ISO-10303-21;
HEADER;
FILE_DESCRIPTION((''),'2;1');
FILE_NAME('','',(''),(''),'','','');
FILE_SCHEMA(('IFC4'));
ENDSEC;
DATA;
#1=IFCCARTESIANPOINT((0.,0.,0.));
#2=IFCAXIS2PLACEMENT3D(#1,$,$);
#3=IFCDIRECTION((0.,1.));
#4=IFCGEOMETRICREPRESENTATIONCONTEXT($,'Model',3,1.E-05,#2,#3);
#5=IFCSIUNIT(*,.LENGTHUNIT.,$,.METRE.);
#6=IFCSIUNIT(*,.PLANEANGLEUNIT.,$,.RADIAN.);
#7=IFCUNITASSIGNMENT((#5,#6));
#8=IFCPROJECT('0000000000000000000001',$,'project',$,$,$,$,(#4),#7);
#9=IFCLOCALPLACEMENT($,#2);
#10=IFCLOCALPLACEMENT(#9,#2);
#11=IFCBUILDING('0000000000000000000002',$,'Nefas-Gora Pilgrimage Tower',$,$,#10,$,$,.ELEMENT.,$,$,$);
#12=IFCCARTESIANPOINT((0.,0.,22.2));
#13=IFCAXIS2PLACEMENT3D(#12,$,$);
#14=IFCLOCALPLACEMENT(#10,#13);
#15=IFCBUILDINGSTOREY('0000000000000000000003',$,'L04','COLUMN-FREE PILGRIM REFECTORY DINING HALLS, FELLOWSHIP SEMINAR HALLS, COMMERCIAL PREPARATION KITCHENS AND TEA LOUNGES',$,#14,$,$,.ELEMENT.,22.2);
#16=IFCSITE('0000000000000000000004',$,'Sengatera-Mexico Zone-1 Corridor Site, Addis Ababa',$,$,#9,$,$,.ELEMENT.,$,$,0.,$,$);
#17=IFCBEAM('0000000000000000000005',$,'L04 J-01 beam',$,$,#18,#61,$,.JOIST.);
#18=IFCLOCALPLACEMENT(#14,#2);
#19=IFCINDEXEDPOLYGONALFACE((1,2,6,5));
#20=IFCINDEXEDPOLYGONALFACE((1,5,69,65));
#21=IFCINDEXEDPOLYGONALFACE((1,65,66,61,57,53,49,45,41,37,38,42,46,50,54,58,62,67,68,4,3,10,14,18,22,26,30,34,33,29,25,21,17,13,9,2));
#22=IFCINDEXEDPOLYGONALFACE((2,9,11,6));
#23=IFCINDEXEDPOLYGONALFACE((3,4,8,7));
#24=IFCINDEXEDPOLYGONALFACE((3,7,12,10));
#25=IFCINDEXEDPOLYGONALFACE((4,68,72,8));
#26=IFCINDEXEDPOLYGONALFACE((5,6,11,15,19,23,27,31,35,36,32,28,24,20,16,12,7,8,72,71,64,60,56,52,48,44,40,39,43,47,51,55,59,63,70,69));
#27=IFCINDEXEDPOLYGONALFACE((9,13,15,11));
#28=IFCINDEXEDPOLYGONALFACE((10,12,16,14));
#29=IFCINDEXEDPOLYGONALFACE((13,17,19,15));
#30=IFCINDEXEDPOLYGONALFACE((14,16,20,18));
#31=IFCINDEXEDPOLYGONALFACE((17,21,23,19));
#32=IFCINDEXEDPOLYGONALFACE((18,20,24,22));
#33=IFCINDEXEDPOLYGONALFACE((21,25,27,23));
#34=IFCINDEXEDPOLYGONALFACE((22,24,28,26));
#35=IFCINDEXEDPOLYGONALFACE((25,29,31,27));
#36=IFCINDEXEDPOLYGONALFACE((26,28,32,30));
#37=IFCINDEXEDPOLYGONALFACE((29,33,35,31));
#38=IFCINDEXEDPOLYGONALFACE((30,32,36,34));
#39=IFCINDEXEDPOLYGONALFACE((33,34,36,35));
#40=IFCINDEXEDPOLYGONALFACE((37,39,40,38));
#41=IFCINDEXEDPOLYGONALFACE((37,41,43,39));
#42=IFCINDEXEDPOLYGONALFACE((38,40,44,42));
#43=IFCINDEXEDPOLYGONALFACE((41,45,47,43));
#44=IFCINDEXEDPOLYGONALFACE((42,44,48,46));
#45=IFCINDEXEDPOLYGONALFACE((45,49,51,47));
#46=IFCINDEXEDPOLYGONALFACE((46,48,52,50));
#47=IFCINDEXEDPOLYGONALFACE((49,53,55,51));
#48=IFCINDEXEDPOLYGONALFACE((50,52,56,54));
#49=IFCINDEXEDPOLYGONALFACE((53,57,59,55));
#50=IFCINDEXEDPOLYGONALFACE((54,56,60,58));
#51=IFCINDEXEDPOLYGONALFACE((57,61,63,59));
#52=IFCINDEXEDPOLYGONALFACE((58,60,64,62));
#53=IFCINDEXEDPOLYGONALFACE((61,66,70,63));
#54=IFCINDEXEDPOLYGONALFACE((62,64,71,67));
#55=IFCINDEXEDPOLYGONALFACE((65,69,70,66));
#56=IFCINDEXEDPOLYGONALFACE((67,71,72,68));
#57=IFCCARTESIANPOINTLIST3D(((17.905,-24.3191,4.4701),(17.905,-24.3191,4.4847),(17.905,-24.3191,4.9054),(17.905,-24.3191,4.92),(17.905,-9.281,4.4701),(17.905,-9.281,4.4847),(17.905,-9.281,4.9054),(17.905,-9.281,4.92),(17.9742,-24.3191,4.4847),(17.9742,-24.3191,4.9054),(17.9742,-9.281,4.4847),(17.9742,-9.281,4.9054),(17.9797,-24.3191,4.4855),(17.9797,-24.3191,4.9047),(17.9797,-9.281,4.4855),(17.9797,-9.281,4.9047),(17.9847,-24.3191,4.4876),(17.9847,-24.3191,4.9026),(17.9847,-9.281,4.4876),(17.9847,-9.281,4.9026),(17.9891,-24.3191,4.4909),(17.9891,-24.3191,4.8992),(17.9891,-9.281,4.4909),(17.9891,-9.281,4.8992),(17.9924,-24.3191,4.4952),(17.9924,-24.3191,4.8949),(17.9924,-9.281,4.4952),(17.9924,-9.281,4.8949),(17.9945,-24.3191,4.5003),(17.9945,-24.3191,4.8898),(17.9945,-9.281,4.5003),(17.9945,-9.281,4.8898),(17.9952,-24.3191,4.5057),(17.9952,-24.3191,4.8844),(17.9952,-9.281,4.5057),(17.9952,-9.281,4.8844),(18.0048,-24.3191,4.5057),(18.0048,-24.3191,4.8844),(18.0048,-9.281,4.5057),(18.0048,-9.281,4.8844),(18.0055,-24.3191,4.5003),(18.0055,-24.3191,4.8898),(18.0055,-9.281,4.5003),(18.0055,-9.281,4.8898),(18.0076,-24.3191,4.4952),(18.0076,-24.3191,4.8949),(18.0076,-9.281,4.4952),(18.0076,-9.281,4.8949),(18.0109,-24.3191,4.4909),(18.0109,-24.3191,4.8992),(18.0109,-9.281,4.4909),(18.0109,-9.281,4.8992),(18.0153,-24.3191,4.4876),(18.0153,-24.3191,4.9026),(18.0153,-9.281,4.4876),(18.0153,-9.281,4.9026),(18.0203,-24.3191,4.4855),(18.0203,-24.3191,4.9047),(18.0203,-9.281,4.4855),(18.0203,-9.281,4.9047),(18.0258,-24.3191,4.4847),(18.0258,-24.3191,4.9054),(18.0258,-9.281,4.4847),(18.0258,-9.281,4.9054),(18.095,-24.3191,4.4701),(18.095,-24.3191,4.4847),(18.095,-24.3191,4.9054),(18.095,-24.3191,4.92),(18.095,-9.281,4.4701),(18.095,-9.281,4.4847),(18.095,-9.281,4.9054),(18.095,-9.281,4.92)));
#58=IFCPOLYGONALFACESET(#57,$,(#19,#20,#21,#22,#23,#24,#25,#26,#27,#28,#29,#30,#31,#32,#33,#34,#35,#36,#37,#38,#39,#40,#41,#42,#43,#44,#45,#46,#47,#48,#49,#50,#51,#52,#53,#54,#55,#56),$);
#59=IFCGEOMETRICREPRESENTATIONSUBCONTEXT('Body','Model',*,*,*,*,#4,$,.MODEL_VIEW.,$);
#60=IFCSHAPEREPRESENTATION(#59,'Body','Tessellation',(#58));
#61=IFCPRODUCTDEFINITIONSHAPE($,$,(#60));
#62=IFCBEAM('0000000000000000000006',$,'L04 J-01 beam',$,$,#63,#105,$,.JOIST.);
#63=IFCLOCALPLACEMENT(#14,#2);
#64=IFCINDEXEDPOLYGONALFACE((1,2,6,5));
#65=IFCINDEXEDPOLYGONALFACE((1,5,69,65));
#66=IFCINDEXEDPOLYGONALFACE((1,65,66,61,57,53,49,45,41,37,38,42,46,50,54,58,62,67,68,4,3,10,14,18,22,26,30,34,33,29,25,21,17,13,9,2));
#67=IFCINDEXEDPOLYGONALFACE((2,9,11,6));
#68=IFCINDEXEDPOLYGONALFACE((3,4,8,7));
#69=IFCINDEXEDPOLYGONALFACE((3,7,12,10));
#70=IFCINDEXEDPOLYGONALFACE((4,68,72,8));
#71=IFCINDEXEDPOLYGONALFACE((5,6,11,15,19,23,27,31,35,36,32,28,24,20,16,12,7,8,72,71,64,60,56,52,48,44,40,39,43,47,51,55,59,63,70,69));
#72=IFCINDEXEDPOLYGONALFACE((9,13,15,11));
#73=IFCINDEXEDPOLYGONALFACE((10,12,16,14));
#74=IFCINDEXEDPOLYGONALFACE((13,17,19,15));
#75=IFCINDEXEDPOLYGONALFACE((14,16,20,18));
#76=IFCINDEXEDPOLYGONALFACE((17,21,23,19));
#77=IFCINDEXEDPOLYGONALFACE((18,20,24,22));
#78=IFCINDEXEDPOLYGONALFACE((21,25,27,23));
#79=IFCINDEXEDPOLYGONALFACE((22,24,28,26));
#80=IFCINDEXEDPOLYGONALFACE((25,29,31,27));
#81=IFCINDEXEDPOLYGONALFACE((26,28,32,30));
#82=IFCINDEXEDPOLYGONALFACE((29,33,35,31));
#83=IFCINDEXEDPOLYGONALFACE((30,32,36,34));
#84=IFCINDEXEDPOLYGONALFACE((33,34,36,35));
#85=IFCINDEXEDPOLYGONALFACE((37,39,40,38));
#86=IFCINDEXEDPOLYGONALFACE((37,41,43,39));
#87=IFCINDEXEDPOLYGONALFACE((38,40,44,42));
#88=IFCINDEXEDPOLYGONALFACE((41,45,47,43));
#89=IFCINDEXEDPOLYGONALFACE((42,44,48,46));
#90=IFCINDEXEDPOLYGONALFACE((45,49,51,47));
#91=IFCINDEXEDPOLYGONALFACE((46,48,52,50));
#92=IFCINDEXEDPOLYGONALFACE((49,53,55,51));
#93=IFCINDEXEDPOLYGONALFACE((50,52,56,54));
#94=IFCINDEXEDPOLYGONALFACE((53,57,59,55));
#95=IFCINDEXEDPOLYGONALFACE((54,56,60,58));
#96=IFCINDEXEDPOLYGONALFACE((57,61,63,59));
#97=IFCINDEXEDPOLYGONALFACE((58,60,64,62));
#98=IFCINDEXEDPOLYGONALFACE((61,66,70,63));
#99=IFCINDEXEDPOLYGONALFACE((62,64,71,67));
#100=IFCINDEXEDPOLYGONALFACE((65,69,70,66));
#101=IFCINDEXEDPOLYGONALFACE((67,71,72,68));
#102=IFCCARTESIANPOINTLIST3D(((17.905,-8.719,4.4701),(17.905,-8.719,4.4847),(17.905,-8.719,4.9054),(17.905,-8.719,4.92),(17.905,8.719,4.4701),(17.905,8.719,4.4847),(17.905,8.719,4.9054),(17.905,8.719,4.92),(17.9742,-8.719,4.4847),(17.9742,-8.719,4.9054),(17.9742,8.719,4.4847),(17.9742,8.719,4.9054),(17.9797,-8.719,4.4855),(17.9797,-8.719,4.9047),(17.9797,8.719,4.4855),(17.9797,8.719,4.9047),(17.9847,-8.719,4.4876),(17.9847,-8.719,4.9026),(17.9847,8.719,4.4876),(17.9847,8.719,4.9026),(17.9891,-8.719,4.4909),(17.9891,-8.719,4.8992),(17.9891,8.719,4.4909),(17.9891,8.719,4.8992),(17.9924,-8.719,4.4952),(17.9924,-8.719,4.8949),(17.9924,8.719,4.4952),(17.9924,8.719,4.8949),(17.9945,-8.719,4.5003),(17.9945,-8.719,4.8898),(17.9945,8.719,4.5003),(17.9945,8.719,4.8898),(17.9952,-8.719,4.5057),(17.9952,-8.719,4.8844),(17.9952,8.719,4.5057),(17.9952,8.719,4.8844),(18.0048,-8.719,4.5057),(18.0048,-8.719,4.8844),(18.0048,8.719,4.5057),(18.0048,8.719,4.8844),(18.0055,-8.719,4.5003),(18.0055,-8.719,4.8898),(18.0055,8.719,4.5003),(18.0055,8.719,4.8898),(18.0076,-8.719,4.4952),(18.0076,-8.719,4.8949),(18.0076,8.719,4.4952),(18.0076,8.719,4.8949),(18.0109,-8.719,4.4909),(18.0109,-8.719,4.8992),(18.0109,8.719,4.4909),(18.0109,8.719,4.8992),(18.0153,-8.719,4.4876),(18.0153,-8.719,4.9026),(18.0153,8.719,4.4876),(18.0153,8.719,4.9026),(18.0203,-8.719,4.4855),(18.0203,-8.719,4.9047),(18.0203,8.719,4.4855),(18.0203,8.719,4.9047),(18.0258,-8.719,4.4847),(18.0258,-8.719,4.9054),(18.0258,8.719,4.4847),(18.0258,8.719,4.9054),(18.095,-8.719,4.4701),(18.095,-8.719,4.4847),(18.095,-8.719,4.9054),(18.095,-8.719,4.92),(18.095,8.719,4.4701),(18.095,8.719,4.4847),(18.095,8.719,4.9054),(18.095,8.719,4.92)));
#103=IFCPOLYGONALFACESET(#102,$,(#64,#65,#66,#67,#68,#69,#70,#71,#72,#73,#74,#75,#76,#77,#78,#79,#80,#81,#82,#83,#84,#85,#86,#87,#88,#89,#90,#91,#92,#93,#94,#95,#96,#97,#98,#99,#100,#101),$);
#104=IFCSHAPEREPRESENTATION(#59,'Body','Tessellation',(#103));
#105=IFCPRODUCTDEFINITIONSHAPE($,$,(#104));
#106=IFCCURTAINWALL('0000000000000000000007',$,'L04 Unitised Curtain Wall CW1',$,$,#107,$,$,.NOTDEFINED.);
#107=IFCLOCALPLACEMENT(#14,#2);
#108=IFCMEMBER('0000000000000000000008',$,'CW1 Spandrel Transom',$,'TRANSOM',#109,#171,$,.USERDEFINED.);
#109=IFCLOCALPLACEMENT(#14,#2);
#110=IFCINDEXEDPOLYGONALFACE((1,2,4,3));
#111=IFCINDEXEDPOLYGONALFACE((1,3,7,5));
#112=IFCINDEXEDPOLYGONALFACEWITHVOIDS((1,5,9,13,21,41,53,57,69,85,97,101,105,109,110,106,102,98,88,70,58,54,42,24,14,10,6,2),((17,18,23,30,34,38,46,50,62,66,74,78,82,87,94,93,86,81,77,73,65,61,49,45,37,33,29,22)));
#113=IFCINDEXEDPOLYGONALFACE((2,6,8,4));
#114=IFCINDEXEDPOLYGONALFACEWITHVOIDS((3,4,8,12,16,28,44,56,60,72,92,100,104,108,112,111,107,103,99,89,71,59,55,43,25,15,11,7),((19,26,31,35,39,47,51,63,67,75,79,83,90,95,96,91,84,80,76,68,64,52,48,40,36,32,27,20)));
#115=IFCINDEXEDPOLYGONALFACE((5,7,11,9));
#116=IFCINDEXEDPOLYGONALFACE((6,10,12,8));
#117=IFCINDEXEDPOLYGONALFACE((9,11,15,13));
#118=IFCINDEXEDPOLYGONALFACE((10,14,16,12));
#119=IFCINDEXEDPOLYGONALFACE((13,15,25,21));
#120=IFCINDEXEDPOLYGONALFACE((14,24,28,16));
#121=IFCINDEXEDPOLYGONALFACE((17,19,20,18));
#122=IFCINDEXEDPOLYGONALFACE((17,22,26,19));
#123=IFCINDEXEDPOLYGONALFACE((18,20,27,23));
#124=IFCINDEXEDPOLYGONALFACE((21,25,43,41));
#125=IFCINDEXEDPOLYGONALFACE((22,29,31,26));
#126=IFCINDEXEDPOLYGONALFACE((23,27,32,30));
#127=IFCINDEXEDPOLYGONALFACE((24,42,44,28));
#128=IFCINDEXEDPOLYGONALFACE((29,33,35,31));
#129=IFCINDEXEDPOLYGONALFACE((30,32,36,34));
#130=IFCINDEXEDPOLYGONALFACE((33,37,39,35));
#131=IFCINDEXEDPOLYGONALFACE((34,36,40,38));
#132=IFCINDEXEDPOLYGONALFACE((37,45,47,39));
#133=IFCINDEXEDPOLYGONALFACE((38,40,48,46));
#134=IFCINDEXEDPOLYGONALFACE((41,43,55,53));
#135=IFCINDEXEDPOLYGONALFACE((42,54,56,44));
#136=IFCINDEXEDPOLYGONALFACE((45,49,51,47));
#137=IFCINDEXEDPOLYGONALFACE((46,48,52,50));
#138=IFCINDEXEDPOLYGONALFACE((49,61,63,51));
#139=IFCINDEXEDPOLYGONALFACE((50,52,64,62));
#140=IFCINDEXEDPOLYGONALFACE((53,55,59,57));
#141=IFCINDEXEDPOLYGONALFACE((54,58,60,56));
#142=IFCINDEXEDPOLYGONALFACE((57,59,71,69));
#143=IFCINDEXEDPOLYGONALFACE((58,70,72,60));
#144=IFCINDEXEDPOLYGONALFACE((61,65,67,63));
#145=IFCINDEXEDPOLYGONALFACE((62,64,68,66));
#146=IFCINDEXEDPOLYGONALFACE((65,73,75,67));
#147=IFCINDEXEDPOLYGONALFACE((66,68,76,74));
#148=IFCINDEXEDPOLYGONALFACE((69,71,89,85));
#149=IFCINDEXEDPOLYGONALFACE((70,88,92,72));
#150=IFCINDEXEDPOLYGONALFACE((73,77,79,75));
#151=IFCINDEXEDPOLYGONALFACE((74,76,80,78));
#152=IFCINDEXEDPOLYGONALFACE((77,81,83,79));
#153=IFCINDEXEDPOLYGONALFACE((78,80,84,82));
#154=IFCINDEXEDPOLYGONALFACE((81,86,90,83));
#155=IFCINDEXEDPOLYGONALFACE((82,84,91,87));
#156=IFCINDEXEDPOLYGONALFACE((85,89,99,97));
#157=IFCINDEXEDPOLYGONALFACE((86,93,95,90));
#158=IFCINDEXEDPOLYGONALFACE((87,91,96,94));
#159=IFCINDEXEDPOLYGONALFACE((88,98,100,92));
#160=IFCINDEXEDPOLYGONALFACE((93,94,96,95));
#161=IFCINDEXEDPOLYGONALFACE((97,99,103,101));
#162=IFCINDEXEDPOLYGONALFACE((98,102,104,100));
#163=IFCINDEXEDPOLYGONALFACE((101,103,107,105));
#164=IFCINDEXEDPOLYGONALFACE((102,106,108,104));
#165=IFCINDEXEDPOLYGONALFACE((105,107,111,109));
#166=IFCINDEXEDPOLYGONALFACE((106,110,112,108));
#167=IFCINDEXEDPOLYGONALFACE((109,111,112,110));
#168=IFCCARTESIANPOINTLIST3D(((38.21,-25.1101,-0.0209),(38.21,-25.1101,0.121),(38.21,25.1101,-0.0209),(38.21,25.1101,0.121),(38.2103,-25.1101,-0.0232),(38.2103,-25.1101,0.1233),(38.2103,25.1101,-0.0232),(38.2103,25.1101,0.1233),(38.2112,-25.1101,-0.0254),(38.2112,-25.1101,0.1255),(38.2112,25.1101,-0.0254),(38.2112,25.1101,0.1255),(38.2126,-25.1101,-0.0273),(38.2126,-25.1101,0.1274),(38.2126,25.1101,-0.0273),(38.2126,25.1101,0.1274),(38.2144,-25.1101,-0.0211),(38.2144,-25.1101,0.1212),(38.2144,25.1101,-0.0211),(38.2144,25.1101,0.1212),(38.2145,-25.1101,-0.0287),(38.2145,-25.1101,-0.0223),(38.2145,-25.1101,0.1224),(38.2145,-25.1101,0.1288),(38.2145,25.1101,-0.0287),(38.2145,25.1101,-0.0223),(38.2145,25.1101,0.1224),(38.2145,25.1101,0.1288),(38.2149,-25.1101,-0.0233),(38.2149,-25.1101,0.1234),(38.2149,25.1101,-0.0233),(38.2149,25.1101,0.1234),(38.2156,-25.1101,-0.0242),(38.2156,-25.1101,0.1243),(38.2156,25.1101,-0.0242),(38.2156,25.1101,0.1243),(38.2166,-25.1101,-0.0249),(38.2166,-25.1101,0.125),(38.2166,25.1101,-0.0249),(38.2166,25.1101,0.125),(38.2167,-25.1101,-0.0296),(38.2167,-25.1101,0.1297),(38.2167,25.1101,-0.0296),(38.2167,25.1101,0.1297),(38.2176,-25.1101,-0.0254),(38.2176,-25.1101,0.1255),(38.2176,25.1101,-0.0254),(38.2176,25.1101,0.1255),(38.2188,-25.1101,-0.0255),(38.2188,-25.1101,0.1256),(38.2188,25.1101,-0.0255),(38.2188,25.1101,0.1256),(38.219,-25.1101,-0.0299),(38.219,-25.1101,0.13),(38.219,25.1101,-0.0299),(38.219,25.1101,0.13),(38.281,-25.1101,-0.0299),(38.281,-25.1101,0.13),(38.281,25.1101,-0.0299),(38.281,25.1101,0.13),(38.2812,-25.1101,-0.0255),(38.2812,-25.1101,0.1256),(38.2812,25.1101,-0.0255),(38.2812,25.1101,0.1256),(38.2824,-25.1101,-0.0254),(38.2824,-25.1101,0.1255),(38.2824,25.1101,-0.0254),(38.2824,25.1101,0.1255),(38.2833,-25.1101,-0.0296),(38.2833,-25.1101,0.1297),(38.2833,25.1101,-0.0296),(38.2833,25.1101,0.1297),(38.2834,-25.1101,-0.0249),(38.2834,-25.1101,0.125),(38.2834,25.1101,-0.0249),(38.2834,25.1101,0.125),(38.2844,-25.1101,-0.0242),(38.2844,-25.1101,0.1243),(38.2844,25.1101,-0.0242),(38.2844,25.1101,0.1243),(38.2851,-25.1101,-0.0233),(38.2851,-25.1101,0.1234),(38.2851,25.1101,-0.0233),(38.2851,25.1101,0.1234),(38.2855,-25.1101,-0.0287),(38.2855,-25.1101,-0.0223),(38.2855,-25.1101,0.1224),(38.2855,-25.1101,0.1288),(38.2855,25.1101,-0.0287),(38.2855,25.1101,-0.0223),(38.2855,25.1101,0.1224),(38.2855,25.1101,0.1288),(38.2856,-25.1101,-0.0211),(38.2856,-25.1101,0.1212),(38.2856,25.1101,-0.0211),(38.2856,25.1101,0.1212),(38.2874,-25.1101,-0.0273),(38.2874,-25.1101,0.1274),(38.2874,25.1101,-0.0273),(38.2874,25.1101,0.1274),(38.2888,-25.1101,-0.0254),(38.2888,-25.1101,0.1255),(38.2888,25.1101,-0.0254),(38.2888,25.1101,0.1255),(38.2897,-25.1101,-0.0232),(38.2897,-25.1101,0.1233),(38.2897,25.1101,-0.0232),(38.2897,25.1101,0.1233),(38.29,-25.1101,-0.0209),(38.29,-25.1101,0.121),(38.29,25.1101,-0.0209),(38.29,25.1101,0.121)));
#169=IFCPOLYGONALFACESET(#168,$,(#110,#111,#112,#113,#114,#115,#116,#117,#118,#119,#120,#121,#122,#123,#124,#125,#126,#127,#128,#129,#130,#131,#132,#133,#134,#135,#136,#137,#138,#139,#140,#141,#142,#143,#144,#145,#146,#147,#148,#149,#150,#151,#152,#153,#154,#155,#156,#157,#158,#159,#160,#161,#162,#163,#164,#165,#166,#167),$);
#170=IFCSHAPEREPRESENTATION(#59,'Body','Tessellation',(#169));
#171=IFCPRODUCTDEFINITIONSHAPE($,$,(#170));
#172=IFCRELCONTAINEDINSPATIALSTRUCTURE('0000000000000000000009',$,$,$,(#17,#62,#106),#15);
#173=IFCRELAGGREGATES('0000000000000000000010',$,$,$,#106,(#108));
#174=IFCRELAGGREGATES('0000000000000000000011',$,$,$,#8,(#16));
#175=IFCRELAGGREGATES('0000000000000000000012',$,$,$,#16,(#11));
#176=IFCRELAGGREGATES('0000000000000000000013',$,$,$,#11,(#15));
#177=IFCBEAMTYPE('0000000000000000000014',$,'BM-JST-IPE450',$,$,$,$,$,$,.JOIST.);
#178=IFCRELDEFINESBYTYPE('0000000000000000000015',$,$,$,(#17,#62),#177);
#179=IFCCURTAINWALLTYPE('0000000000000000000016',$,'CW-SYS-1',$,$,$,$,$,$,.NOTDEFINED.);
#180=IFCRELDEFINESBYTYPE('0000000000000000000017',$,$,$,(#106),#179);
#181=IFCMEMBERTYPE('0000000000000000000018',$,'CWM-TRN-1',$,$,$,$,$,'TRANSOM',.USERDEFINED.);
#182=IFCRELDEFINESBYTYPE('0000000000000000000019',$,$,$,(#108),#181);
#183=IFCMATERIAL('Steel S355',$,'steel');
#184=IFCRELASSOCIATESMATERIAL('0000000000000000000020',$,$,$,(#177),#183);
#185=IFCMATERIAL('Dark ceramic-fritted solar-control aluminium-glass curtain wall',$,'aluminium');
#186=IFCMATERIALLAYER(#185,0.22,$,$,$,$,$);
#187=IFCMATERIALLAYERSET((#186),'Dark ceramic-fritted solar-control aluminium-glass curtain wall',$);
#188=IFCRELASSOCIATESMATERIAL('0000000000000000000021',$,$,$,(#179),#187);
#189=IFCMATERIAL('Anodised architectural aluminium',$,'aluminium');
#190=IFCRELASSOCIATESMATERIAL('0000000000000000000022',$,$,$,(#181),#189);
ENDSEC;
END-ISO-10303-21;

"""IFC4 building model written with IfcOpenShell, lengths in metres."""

from ifc_helpers import new_model, si_unit, direction, frame, origin, origin_2d, place, context, subcontext, project, spatial, hollow_rectangle, i_section, extrude, source, transform, mapped, material, layer, layer_set, material_profile, profile_set, type_object, element, aggregate, save


model = new_model("IFC4")

# Units and contexts
model_context = context("Model", 3, precision=1e-05, world=origin(), true_north=direction((0.0, 1.0)))
body_context = subcontext(model_context, "Body", "Model", "MODEL_VIEW")
ifc_project = project(units=[si_unit("LENGTHUNIT", "METRE"), si_unit("PLANEANGLEUNIT", "RADIAN")], contexts=[model_context])

# Site, building, storey
site_placement = place(None, origin())
site = spatial("IfcSite", under=ifc_project, at=site_placement, Name="Sengatera-Mexico Zone-1 Corridor Site, Addis Ababa", CompositionType="ELEMENT", RefElevation=0.0)
building_placement = place(site_placement, origin())
building = spatial("IfcBuilding", under=site, at=building_placement, Name="Nefas-Gora Pilgrimage Tower", CompositionType="ELEMENT")
storey_placement = place(building_placement, frame((0.0, 0.0, 22.2)))
storey = spatial("IfcBuildingStorey", under=building, at=storey_placement, Name="L04", Description="COLUMN-FREE PILGRIM REFECTORY DINING HALLS, FELLOWSHIP SEMINAR HALLS, COMMERCIAL PREPARATION KITCHENS AND TEA LOUNGES", CompositionType="ELEMENT", Elevation=22.2)

# Beams
ifc_material_1 = material(Name="Steel S355", Category="steel")
ifc_material_profile_1 = material_profile(ifc_material_1, i_section(OverallWidth=0.1899, OverallDepth=0.45, WebThickness=0.0095, FlangeThickness=0.0146, FilletRadius=0.021, at=origin_2d()), Name="IPE 450")
ifc_profile_set_1 = profile_set([ifc_material_profile_1], Name="Steel S355")
beam_type_1 = type_object("IfcBeamType", Name="BM-JST-IPE450", PredefinedType="JOIST", material=ifc_profile_set_1)
shared_shape_1 = source(origin(), body_context, "Body", "SweptSolid", [
    extrude(i_section(OverallWidth=0.1899, OverallDepth=0.45, WebThickness=0.0095, FlangeThickness=0.0146, FilletRadius=0.021, at=origin_2d()), origin(), (0.0, 0.0, 1.0), 15.0381),
])
beam_1_placement = place(storey_placement, frame((18.0, -24.3191, 4.6951), z_axis=(0.0, 1.0, 0.0), x_axis=(-1.0, 0.0, 0.0)))
element("IfcBeam", 1, at=beam_1_placement, inside=storey, type_object=beam_type_1, Name="L04 J-01 beam", PredefinedType="JOIST", context=body_context, shape_type="MappedRepresentation", body=[
    mapped(shared_shape_1, transform((0.0, 0.0, 0.0), x_axis=(1.0, 0.0, 0.0), y_axis=(0.0, 1.0, 0.0), z_axis=(0.0, 0.0, 1.0), scale=1.0)),
])
shared_shape_2 = source(origin(), body_context, "Body", "SweptSolid", [
    extrude(i_section(OverallWidth=0.1899, OverallDepth=0.45, WebThickness=0.0095, FlangeThickness=0.0146, FilletRadius=0.021, at=origin_2d()), origin(), (0.0, 0.0, 1.0), 17.438),
])
beam_2_placement = place(storey_placement, frame((18.0, -8.719, 4.6951), z_axis=(0.0, 1.0, 0.0), x_axis=(-1.0, 0.0, 0.0)))
element("IfcBeam", 2, at=beam_2_placement, inside=storey, type_object=beam_type_1, Name="L04 J-01 beam", PredefinedType="JOIST", context=body_context, shape_type="MappedRepresentation", body=[
    mapped(shared_shape_2, transform((0.0, 0.0, 0.0), x_axis=(1.0, 0.0, 0.0), y_axis=(0.0, 1.0, 0.0), z_axis=(0.0, 0.0, 1.0), scale=1.0)),
])

# Curtain wall, member
ifc_material_2 = material(Name="Dark ceramic-fritted solar-control aluminium-glass curtain wall", Category="aluminium")
ifc_layer_1 = layer(ifc_material_2, 0.22)
ifc_layer_set_1 = layer_set([ifc_layer_1], Name="Dark ceramic-fritted solar-control aluminium-glass curtain wall")
curtain_wall_type = type_object("IfcCurtainWallType", Name="CW-SYS-1", PredefinedType="NOTDEFINED", material=ifc_layer_set_1)
curtain_wall_1_placement = place(storey_placement, origin())
curtain_wall_1 = element("IfcCurtainWall", 3, at=curtain_wall_1_placement, inside=storey, type_object=curtain_wall_type, Name="L04 Unitised Curtain Wall CW1", PredefinedType="NOTDEFINED")
ifc_material_3 = material(Name="Anodised architectural aluminium", Category="aluminium")
ifc_material_profile_2 = material_profile(ifc_material_3, hollow_rectangle(XDim=0.0801, YDim=0.1599, WallThickness=0.0044, InnerFilletRadius=0.0044, OuterFilletRadius=0.009, at=origin_2d()), Name="ALU TRANSOM 80x160")
ifc_profile_set_2 = profile_set([ifc_material_profile_2], Name="Anodised architectural aluminium")
member_type_1 = type_object("IfcMemberType", Name="CWM-TRN-1", ElementType="TRANSOM", PredefinedType="USERDEFINED", material=ifc_profile_set_2)
shared_shape_3 = source(origin(), body_context, "Body", "SweptSolid", [
    extrude(hollow_rectangle(XDim=0.0801, YDim=0.1599, WallThickness=0.0044, InnerFilletRadius=0.0044, OuterFilletRadius=0.009, at=origin_2d()), origin(), (0.0, 0.0, 1.0), 50.2202),
])
member_1_placement = place(storey_placement, frame((38.25, -25.1101, 0.05), z_axis=(0.0, 1.0, 0.0), x_axis=(-1.0, 0.0, 0.0)))
member_1 = element("IfcMember", 4, at=member_1_placement, type_object=member_type_1, Name="CW1 Spandrel Transom", ObjectType="TRANSOM", PredefinedType="USERDEFINED", context=body_context, shape_type="MappedRepresentation", body=[
    mapped(shared_shape_3, transform((0.0, 0.0, 0.0), x_axis=(1.0, 0.0, 0.0), y_axis=(0.0, 1.0, 0.0), z_axis=(0.0, 0.0, 1.0), scale=1.0)),
])

aggregate(curtain_wall_1, [member_1])

save(model, "model.ifc")
